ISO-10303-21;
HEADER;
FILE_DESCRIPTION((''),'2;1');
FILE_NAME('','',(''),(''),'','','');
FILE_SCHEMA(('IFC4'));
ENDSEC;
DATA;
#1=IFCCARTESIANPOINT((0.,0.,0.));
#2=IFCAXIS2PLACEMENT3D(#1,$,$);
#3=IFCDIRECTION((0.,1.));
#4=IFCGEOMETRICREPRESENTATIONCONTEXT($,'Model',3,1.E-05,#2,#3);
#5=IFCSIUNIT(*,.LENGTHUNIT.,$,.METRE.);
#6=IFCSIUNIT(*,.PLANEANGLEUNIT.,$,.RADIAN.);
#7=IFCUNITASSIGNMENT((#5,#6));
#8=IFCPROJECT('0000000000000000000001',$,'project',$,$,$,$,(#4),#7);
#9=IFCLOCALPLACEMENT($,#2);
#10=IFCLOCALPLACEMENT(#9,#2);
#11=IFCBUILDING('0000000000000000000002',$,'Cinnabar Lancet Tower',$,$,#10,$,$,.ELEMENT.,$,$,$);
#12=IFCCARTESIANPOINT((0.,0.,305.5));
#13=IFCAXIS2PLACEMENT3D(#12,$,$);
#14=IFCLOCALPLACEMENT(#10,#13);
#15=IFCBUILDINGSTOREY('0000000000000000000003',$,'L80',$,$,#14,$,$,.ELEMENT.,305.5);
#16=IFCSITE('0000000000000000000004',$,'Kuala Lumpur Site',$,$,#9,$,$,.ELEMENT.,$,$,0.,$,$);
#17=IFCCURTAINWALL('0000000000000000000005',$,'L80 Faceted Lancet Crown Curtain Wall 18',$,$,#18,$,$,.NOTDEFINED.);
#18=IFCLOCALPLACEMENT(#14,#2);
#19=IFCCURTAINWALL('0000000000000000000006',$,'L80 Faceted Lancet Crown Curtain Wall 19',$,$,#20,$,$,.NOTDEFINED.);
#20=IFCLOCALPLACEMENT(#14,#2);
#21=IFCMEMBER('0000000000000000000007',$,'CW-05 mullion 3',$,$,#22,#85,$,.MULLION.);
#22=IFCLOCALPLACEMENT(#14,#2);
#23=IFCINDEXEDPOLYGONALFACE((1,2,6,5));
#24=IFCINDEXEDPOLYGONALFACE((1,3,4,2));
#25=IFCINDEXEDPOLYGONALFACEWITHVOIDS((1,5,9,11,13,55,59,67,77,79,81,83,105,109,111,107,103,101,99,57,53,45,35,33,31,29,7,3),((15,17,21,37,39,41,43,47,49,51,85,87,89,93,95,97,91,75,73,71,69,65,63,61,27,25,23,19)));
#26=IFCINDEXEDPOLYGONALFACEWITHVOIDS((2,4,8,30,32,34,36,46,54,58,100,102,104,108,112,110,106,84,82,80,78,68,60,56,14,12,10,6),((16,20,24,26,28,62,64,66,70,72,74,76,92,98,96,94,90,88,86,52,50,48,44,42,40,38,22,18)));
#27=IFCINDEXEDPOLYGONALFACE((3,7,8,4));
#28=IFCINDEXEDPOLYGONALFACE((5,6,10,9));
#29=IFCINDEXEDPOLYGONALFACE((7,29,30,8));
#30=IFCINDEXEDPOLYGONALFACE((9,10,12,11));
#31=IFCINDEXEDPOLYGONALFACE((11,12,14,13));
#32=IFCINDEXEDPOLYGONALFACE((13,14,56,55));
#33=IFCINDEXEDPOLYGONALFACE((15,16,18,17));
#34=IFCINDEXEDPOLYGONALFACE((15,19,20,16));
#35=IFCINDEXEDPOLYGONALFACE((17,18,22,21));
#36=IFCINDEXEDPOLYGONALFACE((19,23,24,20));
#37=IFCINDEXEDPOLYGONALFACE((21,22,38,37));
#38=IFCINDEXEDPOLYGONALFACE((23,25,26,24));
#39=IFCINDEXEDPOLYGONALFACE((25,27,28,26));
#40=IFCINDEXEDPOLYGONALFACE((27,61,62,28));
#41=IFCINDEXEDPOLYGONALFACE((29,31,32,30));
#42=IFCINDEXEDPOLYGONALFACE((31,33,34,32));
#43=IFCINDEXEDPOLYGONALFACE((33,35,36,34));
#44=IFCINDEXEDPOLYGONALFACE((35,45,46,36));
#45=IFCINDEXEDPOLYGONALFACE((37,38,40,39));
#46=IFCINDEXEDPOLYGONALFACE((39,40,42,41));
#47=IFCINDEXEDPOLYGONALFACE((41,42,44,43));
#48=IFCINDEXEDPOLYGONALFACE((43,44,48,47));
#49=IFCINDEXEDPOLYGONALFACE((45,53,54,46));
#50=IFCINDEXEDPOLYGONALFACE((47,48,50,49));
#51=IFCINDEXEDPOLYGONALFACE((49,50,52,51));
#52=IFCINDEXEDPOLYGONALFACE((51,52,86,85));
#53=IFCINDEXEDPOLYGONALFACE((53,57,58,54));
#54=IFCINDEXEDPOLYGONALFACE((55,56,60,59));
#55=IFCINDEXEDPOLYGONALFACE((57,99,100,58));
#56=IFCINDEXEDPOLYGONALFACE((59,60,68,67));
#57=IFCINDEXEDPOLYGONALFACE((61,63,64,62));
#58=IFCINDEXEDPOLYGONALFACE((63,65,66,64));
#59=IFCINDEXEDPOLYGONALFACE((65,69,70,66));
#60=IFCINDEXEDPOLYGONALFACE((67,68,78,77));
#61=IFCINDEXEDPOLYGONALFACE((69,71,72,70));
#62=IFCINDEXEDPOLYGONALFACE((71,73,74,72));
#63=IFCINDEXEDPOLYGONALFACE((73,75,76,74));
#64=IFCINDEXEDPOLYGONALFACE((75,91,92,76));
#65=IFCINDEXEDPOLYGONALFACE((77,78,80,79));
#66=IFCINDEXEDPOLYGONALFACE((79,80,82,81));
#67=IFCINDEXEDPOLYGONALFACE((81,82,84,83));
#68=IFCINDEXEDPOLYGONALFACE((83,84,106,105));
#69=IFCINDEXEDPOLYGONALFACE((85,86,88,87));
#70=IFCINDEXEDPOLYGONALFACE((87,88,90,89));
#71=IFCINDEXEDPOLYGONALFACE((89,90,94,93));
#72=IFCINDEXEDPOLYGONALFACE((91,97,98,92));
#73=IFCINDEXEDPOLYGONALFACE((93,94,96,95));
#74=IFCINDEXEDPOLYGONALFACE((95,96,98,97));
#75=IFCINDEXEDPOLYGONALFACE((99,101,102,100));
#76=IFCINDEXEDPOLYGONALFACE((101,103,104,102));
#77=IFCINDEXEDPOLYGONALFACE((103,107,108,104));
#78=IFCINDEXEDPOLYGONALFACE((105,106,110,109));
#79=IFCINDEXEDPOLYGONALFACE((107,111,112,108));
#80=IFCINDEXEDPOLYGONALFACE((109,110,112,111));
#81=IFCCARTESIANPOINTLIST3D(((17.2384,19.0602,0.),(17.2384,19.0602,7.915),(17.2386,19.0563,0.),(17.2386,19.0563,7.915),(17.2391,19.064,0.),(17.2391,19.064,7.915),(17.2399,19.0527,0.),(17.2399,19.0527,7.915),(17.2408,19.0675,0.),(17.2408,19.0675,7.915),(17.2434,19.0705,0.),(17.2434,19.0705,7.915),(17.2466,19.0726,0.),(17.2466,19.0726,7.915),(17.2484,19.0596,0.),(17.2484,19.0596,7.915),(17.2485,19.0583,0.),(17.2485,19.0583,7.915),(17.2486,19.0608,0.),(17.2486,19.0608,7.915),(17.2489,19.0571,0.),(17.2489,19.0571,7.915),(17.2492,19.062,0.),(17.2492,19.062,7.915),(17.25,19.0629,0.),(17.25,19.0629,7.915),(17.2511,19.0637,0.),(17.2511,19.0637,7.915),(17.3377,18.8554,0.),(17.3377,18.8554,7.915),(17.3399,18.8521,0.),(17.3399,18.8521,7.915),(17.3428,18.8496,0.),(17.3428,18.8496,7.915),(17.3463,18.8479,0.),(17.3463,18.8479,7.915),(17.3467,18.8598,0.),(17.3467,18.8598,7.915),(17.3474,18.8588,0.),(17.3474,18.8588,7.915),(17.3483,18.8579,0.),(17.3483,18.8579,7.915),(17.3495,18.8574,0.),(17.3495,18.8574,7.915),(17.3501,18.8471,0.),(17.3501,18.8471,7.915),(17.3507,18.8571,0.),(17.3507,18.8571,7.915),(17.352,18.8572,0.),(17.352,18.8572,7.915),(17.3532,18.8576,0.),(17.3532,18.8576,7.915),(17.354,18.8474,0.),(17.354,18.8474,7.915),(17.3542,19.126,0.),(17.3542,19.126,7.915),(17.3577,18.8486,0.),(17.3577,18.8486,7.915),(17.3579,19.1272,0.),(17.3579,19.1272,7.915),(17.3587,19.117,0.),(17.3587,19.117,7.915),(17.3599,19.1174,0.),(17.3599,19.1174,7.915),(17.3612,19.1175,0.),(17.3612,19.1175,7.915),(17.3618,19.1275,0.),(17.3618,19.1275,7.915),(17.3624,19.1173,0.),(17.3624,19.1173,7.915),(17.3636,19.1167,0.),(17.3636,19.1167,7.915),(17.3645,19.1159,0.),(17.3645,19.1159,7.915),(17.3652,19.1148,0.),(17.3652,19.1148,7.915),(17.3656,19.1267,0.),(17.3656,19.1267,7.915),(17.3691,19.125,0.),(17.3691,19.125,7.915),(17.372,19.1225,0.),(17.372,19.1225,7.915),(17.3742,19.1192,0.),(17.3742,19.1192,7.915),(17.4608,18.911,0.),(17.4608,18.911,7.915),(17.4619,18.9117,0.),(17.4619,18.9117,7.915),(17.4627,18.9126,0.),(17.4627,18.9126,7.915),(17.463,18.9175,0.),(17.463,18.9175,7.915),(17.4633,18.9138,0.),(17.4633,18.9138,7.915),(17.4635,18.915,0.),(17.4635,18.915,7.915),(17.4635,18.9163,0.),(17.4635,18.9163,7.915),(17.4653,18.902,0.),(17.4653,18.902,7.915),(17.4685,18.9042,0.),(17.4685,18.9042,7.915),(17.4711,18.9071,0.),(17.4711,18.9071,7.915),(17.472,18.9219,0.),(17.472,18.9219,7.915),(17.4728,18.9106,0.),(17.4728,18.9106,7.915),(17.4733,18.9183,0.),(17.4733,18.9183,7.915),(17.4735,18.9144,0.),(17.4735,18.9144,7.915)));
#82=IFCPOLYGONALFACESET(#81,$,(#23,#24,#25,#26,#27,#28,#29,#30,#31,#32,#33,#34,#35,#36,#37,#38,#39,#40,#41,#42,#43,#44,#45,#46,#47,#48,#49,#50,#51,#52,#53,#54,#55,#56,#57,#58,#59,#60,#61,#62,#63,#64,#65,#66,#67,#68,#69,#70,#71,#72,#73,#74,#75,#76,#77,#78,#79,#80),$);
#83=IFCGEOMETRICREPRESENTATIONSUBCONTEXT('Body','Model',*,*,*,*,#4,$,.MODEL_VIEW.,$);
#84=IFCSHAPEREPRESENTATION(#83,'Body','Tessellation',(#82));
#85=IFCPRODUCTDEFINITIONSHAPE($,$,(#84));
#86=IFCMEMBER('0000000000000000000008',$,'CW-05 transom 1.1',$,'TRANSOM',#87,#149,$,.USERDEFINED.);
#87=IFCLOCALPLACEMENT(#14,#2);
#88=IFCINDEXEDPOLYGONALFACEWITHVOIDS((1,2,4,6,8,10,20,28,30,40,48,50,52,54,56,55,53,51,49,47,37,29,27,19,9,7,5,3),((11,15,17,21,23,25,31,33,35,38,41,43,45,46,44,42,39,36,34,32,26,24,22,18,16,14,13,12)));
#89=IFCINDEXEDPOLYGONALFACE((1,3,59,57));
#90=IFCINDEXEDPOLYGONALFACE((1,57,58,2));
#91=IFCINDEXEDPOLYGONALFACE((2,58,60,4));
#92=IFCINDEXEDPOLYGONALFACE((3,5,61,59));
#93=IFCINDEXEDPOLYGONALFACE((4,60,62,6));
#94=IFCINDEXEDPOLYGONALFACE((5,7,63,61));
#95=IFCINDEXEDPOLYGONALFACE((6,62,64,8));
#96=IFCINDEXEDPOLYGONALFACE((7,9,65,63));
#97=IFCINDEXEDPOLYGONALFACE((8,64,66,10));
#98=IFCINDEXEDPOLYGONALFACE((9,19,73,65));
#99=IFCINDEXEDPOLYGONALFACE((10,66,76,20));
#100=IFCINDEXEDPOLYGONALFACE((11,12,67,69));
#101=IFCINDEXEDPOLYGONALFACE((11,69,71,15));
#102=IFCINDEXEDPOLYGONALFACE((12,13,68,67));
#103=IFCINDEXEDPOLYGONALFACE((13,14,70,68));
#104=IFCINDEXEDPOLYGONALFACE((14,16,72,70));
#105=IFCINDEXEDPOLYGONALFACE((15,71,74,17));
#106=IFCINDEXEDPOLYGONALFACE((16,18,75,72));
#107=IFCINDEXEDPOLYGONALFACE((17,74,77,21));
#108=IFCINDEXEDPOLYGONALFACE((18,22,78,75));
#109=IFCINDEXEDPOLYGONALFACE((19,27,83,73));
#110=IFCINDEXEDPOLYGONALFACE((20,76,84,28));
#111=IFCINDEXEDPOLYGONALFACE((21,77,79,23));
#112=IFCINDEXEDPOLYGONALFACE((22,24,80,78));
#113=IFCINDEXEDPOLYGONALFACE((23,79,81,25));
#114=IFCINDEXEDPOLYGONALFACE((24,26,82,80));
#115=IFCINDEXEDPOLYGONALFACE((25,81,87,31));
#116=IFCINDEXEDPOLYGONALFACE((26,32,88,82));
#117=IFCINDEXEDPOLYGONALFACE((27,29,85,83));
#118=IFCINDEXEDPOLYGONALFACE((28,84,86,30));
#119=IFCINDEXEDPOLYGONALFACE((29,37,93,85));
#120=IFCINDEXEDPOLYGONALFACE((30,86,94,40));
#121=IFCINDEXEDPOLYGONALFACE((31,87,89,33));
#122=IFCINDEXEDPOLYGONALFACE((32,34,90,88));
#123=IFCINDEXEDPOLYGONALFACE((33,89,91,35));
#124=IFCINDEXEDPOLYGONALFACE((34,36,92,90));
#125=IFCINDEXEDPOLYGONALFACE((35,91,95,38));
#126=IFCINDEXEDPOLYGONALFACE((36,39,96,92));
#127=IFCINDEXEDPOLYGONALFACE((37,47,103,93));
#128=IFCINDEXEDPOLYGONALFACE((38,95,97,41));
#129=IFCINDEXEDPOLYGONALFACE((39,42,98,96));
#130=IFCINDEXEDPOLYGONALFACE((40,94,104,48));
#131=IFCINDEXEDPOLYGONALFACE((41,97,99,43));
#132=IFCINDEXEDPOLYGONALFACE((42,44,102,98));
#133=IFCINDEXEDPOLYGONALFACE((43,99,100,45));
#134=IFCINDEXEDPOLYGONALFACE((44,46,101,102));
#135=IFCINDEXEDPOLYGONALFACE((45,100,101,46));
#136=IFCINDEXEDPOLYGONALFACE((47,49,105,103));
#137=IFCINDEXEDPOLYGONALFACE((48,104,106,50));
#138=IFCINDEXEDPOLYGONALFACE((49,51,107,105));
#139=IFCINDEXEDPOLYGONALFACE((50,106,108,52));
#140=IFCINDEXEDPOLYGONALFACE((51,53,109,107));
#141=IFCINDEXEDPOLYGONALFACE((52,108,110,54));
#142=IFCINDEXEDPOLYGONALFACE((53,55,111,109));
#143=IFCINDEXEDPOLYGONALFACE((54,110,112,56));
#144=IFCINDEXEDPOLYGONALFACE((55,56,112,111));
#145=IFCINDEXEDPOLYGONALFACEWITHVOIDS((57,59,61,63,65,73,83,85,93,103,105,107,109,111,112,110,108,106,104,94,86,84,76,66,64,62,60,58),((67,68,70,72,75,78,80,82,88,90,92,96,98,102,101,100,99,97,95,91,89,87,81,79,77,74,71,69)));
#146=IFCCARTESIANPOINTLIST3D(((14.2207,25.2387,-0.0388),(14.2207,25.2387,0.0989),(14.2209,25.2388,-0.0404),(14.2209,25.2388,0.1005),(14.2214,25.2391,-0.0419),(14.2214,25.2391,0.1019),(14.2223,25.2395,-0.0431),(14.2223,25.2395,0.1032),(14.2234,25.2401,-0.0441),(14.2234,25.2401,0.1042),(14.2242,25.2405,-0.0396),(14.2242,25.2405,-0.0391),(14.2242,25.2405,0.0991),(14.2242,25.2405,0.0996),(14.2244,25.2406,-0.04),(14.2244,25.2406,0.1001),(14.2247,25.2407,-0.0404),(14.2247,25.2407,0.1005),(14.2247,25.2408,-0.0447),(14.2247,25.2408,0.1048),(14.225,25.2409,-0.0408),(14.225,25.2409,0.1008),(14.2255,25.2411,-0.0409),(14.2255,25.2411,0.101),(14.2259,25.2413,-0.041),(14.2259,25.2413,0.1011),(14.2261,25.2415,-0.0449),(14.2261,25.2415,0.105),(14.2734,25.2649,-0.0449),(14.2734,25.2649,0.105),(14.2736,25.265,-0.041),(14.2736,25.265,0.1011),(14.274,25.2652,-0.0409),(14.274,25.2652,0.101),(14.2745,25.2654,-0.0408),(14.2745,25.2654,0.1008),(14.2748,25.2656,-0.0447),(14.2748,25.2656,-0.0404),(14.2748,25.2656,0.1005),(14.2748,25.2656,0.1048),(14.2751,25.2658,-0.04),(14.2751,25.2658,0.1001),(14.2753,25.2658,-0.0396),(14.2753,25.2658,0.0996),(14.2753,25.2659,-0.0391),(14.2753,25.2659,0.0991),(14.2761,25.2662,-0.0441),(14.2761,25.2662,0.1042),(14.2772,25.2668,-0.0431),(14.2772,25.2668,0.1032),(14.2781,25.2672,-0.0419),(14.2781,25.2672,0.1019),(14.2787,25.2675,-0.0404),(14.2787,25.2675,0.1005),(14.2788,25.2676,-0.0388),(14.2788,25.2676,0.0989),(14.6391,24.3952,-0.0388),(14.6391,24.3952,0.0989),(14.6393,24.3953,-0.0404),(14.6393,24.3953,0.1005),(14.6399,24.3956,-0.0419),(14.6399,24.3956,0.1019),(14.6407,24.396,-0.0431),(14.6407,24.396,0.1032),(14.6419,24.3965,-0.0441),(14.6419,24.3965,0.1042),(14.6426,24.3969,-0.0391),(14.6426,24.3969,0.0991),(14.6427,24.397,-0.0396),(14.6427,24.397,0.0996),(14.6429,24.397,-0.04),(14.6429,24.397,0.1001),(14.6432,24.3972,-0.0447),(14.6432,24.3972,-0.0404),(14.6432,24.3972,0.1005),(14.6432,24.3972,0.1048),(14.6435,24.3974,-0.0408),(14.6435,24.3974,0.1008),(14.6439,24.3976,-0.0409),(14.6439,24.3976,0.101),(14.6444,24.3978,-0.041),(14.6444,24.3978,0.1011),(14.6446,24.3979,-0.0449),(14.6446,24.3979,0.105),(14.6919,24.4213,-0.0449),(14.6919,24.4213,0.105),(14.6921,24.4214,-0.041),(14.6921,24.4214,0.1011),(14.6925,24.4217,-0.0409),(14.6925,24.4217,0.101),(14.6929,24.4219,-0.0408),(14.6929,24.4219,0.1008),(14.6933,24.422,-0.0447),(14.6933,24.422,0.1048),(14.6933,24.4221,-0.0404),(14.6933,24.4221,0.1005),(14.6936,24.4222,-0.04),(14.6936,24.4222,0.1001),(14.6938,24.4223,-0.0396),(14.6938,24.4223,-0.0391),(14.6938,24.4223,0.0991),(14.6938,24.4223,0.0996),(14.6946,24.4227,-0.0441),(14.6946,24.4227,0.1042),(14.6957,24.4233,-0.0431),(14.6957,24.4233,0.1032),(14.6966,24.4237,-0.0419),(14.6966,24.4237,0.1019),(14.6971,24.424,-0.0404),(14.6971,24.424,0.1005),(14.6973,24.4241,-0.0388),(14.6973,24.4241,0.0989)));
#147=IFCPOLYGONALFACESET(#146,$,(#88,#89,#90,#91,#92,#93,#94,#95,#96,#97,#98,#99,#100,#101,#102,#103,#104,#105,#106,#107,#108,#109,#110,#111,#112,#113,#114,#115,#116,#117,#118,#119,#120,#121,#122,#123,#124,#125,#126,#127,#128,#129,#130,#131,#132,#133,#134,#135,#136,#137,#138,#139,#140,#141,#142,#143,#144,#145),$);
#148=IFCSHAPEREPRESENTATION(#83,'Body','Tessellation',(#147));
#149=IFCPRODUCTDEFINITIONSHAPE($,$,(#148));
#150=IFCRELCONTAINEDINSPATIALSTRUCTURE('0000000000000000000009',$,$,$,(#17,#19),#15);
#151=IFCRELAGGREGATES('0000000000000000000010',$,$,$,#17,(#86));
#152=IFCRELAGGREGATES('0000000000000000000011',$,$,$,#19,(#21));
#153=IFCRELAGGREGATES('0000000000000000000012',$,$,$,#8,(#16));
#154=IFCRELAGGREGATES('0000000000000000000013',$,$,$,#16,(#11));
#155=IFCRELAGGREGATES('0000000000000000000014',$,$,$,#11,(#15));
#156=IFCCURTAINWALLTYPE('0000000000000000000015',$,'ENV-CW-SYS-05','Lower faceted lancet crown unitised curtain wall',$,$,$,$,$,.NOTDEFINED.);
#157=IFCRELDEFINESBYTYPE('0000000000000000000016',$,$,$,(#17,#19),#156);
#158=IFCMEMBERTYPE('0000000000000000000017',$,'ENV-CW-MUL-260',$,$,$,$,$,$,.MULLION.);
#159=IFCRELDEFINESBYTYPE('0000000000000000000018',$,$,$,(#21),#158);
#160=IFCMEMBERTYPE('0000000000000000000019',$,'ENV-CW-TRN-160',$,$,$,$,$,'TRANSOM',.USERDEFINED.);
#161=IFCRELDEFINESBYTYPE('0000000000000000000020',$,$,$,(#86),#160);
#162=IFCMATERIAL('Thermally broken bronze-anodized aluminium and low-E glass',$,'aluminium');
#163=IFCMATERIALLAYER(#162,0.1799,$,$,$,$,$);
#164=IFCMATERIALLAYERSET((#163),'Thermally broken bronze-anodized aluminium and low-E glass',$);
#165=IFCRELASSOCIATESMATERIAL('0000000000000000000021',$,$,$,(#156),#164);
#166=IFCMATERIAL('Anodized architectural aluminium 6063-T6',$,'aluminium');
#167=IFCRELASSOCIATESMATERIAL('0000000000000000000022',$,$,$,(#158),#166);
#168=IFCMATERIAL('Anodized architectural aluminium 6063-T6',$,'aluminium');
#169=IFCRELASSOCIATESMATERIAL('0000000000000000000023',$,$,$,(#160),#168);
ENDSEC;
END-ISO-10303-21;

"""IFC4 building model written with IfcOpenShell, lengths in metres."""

from ifc_helpers import new_model, si_unit, direction, frame, origin, origin_2d, place, context, subcontext, project, spatial, hollow_rectangle, extrude, material, layer, layer_set, material_profile, profile_set, type_object, element, aggregate, save


model = new_model("IFC4")

# Units and contexts
model_context = context("Model", 3, precision=1e-05, world=origin(), true_north=direction((0.0, 1.0)))
body_context = subcontext(model_context, "Body", "Model", "MODEL_VIEW")
ifc_project = project(units=[si_unit("LENGTHUNIT", "METRE"), si_unit("PLANEANGLEUNIT", "RADIAN")], contexts=[model_context])

# Site, building, storey
site_placement = place(None, origin())
site = spatial("IfcSite", under=ifc_project, at=site_placement, Name="Kuala Lumpur Site", CompositionType="ELEMENT", RefElevation=0.0)
building_placement = place(site_placement, origin())
building = spatial("IfcBuilding", under=site, at=building_placement, Name="Cinnabar Lancet Tower", CompositionType="ELEMENT")
storey_placement = place(building_placement, frame((0.0, 0.0, 305.5)))
storey = spatial("IfcBuildingStorey", under=building, at=storey_placement, Name="L80", CompositionType="ELEMENT", Elevation=305.5)

# Curtain walls, member
ifc_material_1 = material(Name="Thermally broken bronze-anodized aluminium and low-E glass", Category="aluminium")
ifc_layer_1 = layer(ifc_material_1, 0.1799)
ifc_layer_set_1 = layer_set([ifc_layer_1], Name="Thermally broken bronze-anodized aluminium and low-E glass")
curtain_wall_type = type_object("IfcCurtainWallType", Name="ENV-CW-SYS-05", Description="Lower faceted lancet crown unitised curtain wall", PredefinedType="NOTDEFINED", material=ifc_layer_set_1)
curtain_wall_1_placement = place(storey_placement, origin())
curtain_wall_1 = element("IfcCurtainWall", 1, at=curtain_wall_1_placement, inside=storey, type_object=curtain_wall_type, Name="L80 Faceted Lancet Crown Curtain Wall 18", PredefinedType="NOTDEFINED")
ifc_material_2 = material(Name="Anodized architectural aluminium 6063-T6", Category="aluminium")
ifc_material_profile_1 = material_profile(ifc_material_2, hollow_rectangle(XDim=0.1499, YDim=0.25, WallThickness=0.01, InnerFilletRadius=0.0049, OuterFilletRadius=0.0149, at=origin_2d()), Name="RHS 250x150x10")
ifc_profile_set_1 = profile_set([ifc_material_profile_1], Name="Anodized architectural aluminium 6063-T6")
member_type_1 = type_object("IfcMemberType", Name="ENV-CW-MUL-260", PredefinedType="MULLION", material=ifc_profile_set_1)
curtain_wall_2_placement = place(storey_placement, origin())
curtain_wall_2 = element("IfcCurtainWall", 2, at=curtain_wall_2_placement, inside=storey, type_object=curtain_wall_type, Name="L80 Faceted Lancet Crown Curtain Wall 19", PredefinedType="NOTDEFINED")
member_1_placement = place(storey_placement, frame((17.356, 18.9873, 0.0), z_axis=(0.0, 0.0, 1.0), x_axis=(0.895948, 0.444159, 0.0)))
member_1 = element("IfcMember", 3, at=member_1_placement, type_object=member_type_1, Name="CW-05 mullion 3", PredefinedType="MULLION", context=body_context, shape_type="SweptSolid", body=[
    extrude(hollow_rectangle(XDim=0.1499, YDim=0.25, WallThickness=0.01, InnerFilletRadius=0.0049, OuterFilletRadius=0.0149, at=origin_2d()), origin(), (0.0, 0.0, 1.0), 7.915),
])

# Member
ifc_material_3 = material(Name="Anodized architectural aluminium 6063-T6", Category="aluminium")
ifc_material_profile_2 = material_profile(ifc_material_3, hollow_rectangle(XDim=0.0649, YDim=0.1499, WallThickness=0.0039, InnerFilletRadius=0.002, OuterFilletRadius=0.0061, at=origin_2d()), Name="CW-TRN 150x65x4")
ifc_profile_set_2 = profile_set([ifc_material_profile_2], Name="Anodized architectural aluminium 6063-T6")
member_type_2 = type_object("IfcMemberType", Name="ENV-CW-TRN-160", ElementType="TRANSOM", PredefinedType="USERDEFINED", material=ifc_profile_set_2)
member_2_placement = place(storey_placement, frame((14.2498, 25.2532, 0.03), z_axis=(0.444411, -0.895823, 0.0), x_axis=(0.895823, 0.444411, 0.0)))
member_2 = element("IfcMember", 4, at=member_2_placement, type_object=member_type_2, Name="CW-05 transom 1.1", ObjectType="TRANSOM", PredefinedType="USERDEFINED", context=body_context, shape_type="SweptSolid", body=[
    extrude(hollow_rectangle(XDim=0.0649, YDim=0.1499, WallThickness=0.0039, InnerFilletRadius=0.002, OuterFilletRadius=0.0061, at=origin_2d()), origin(), (0.0, 0.0, 1.0), 0.9417),
])

aggregate(curtain_wall_1, [member_2])
aggregate(curtain_wall_2, [member_1])

save(model, "model.ifc")
